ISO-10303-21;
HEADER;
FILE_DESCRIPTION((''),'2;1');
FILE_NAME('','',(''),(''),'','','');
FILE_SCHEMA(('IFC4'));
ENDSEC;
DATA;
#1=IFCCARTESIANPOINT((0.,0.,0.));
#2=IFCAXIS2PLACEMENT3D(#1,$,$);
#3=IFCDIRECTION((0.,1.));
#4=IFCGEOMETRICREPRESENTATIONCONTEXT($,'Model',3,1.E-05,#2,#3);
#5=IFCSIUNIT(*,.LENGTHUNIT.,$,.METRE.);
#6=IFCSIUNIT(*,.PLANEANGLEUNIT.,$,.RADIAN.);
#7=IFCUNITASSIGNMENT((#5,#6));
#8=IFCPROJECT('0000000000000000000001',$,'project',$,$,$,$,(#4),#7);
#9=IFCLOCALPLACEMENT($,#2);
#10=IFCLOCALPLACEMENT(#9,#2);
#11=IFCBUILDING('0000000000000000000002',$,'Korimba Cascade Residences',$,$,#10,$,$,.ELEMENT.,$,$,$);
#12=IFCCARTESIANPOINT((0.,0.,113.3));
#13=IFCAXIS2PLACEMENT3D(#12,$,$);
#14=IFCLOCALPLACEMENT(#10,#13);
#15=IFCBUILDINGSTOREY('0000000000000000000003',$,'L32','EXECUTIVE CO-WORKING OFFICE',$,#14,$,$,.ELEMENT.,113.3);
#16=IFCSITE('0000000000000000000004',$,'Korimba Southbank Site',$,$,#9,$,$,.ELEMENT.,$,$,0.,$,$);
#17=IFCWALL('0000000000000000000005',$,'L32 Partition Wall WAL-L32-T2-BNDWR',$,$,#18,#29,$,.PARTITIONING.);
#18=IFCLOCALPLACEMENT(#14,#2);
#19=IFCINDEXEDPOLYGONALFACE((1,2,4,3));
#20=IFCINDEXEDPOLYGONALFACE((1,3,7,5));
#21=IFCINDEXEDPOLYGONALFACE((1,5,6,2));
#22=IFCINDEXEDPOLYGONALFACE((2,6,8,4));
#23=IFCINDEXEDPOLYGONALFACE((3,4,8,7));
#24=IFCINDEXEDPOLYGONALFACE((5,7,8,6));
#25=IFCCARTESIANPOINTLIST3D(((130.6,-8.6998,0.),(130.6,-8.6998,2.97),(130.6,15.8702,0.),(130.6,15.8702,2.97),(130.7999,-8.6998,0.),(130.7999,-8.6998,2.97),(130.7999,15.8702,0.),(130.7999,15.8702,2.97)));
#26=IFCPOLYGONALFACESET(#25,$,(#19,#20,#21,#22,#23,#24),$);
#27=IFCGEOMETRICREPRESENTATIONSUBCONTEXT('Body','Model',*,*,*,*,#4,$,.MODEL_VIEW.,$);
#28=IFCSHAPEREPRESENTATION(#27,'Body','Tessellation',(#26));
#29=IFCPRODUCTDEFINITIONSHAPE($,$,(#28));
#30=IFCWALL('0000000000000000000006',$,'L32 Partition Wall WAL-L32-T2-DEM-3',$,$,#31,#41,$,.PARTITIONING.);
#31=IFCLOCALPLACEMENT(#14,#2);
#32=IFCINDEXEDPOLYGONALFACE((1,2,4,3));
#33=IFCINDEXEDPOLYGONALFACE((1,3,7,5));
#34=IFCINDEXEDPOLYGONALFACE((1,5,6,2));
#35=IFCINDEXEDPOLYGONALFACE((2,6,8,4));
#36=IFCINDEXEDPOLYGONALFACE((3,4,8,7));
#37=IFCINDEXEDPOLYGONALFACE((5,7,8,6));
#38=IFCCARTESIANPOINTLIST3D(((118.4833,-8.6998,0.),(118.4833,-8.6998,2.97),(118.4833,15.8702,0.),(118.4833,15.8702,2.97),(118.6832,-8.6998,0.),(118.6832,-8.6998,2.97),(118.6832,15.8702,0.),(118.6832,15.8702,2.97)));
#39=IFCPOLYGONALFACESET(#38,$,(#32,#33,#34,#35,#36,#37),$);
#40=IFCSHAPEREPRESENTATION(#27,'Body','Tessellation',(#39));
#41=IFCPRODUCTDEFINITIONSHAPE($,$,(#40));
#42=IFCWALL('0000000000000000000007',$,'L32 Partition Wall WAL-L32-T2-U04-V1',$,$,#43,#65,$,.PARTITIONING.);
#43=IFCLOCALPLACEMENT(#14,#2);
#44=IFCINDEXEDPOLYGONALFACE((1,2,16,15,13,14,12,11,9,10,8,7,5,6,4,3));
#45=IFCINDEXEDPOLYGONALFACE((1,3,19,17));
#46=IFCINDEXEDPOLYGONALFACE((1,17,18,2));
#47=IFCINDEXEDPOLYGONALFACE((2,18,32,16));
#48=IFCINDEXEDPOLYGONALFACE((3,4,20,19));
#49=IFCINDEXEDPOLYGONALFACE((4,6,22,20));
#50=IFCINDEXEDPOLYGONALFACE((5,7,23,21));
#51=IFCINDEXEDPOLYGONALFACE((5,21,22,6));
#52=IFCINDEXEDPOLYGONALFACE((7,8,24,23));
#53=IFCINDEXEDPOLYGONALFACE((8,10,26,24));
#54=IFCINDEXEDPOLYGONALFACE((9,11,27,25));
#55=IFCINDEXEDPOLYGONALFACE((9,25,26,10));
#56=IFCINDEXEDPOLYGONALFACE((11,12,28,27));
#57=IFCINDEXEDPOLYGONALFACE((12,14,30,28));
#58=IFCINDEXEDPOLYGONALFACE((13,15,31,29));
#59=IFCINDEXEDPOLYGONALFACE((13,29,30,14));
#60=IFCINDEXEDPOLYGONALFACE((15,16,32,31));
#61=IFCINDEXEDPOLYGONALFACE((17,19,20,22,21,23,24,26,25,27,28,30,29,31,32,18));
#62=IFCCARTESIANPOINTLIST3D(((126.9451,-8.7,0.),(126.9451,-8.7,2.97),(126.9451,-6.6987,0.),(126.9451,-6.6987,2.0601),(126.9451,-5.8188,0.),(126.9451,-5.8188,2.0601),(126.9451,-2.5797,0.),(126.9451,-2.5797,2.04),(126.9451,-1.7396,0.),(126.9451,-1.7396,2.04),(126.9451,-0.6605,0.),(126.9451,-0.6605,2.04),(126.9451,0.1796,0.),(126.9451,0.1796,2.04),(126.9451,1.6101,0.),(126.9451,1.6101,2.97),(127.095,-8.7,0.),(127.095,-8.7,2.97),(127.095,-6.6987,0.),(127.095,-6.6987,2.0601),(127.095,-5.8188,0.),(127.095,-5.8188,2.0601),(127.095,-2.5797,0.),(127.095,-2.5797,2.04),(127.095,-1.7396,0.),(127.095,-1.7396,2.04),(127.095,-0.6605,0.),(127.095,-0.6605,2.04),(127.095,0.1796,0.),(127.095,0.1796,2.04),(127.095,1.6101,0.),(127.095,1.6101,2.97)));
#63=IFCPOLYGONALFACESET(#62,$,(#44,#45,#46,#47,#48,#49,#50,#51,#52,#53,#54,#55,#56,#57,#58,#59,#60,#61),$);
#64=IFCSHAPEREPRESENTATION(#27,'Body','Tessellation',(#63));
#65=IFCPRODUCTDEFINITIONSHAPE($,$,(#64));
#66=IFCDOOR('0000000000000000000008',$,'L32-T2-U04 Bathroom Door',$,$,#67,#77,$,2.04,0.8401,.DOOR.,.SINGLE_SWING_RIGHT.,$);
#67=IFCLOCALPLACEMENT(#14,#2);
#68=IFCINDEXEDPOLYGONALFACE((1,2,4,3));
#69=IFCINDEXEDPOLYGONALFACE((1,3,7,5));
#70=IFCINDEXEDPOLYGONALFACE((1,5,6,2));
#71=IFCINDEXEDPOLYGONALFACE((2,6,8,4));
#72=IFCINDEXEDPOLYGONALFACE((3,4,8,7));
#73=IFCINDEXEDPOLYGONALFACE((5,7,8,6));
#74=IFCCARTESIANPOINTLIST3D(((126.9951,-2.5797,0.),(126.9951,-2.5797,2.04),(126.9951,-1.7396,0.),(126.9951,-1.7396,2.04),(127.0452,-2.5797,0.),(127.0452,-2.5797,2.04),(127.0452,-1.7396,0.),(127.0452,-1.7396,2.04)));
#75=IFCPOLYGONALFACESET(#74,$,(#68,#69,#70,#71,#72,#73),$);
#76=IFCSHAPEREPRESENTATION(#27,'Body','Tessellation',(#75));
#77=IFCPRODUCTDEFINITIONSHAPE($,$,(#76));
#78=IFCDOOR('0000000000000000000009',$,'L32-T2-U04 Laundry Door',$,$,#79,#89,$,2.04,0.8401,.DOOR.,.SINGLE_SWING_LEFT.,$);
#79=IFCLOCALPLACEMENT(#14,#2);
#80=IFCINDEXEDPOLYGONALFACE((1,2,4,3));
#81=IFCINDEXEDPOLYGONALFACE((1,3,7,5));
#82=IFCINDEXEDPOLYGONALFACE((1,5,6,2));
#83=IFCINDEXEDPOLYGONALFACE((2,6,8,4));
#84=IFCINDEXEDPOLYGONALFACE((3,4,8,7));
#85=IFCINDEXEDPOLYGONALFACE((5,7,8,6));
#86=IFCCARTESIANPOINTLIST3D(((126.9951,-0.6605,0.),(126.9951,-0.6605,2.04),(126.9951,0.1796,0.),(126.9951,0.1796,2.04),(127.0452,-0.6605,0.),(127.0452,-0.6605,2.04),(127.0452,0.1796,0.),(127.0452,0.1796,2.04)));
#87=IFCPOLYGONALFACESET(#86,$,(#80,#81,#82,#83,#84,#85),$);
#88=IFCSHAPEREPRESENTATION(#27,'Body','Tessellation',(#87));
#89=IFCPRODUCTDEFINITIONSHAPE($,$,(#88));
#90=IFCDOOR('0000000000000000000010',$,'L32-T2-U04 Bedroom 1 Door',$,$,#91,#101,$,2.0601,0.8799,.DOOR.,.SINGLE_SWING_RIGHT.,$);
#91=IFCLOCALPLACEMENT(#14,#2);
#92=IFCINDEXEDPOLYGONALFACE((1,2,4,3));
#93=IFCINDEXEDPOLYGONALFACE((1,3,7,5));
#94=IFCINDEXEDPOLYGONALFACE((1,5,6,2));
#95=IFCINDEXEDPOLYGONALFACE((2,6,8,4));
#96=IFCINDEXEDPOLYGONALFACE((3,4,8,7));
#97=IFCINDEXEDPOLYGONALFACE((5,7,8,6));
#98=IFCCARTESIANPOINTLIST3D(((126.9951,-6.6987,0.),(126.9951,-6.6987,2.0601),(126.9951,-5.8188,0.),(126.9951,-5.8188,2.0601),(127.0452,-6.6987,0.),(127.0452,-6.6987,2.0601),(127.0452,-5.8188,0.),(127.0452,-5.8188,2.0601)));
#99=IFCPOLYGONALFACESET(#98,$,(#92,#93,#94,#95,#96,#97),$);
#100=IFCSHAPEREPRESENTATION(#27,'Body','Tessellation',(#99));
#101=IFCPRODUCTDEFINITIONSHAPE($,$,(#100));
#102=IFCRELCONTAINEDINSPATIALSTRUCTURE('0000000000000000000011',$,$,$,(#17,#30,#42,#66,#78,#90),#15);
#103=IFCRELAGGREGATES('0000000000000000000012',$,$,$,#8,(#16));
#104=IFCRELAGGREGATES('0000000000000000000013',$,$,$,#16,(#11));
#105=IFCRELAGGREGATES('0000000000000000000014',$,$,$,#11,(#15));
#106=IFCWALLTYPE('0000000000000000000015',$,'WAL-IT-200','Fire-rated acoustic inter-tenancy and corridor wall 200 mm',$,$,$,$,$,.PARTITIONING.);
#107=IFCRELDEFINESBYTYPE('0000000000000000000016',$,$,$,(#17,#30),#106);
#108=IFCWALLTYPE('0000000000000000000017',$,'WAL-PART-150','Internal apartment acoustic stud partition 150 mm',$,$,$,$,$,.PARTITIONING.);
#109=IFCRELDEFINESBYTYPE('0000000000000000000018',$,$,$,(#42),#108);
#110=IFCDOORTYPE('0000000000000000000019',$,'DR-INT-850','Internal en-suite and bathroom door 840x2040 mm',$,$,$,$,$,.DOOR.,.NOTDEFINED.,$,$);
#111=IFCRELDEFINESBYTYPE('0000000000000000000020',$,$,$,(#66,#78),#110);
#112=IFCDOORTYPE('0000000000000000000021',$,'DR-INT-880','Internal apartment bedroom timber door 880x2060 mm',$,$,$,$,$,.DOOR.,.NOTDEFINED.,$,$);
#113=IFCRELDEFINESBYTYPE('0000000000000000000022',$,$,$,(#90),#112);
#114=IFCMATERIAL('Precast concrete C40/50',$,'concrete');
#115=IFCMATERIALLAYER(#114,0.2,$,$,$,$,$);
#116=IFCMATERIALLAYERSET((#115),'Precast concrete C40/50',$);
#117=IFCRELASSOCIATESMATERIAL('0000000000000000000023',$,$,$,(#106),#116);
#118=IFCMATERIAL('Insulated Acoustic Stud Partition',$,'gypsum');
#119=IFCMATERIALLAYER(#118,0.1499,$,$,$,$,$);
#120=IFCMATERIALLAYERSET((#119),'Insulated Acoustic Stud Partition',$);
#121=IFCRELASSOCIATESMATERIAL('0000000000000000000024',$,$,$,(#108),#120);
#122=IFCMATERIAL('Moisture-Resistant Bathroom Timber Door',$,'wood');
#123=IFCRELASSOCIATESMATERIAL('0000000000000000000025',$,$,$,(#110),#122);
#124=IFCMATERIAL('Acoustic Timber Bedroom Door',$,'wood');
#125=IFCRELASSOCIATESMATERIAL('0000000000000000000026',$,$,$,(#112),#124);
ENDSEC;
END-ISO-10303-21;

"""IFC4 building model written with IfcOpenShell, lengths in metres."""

from ifc_helpers import new_model, si_unit, direction, frame, frame_2d, origin, place, context, subcontext, project, spatial, rectangle, extrude, material, layer, layer_set, type_object, element, fill, save


model = new_model("IFC4")

# Units and contexts
model_context = context("Model", 3, precision=1e-05, world=origin(), true_north=direction((0.0, 1.0)))
body_context = subcontext(model_context, "Body", "Model", "MODEL_VIEW")
ifc_project = project(units=[si_unit("LENGTHUNIT", "METRE"), si_unit("PLANEANGLEUNIT", "RADIAN")], contexts=[model_context])

# Site, building, storey
site_placement = place(None, origin())
site = spatial("IfcSite", under=ifc_project, at=site_placement, Name="Korimba Southbank Site", CompositionType="ELEMENT", RefElevation=0.0)
building_placement = place(site_placement, origin())
building = spatial("IfcBuilding", under=site, at=building_placement, Name="Korimba Cascade Residences", CompositionType="ELEMENT")
storey_placement = place(building_placement, frame((0.0, 0.0, 113.3)))
storey = spatial("IfcBuildingStorey", under=building, at=storey_placement, Name="L32", Description="EXECUTIVE CO-WORKING OFFICE", CompositionType="ELEMENT", Elevation=113.3)

# Shared definitions
ifc_material_1 = material(Name="Precast concrete C40/50", Category="concrete")

# Walls
ifc_layer_1 = layer(ifc_material_1, 0.2)
ifc_layer_set_1 = layer_set([ifc_layer_1], Name="Precast concrete C40/50")
wall_type_1 = type_object("IfcWallType", Name="WAL-IT-200", Description="Fire-rated acoustic inter-tenancy and corridor wall 200 mm", PredefinedType="PARTITIONING", material=ifc_layer_set_1)
for number, where, z_axis, x_axis, name in (
    (1, (130.7, -8.7, 0.0), (0.0, 0.0, 1.0), (0.0, 1.0, 0.0), "L32 Partition Wall WAL-L32-T2-BNDWR"),
    (2, (118.5833, -8.7, 0.0), (0.0, 0.0, 1.0), (0.0, 1.0, 0.0), "L32 Partition Wall WAL-L32-T2-DEM-3"),
):
    element("IfcWall", number, at=place(storey_placement, frame(where, z_axis=z_axis, x_axis=x_axis)), inside=storey, type_object=wall_type_1, Name=name, PredefinedType="PARTITIONING", context=body_context, shape_type="SweptSolid", body=[
        extrude(rectangle(XDim=24.5701, YDim=0.2, at=frame_2d((12.2852, 0.0))), origin(), (0.0, 0.0, 1.0), 2.97),
    ])

# Wall, openings, doors
ifc_material_2 = material(Name="Insulated Acoustic Stud Partition", Category="gypsum")
ifc_layer_2 = layer(ifc_material_2, 0.1499)
ifc_layer_set_2 = layer_set([ifc_layer_2], Name="Insulated Acoustic Stud Partition")
wall_type_2 = type_object("IfcWallType", Name="WAL-PART-150", Description="Internal apartment acoustic stud partition 150 mm", PredefinedType="PARTITIONING", material=ifc_layer_set_2)
wall_1_placement = place(storey_placement, frame((127.02, -8.7, 0.0), z_axis=(0.0, 0.0, 1.0), x_axis=(0.0, 1.0, 0.0)))
wall_1 = element("IfcWall", 3, at=wall_1_placement, inside=storey, type_object=wall_type_2, Name="L32 Partition Wall WAL-L32-T2-U04-V1", PredefinedType="PARTITIONING", context=body_context, shape_type="SweptSolid", body=[
    extrude(rectangle(XDim=10.3101, YDim=0.1499, at=frame_2d((5.155, 0.0))), origin(), (0.0, 0.0, 1.0), 2.97),
])
opening_1_placement = place(wall_1_placement, frame((6.1204, 0.0, 0.0)))
opening_1 = element("IfcOpeningElement", 4, at=opening_1_placement, cuts=wall_1, PredefinedType="OPENING", context=body_context, shape_type="SweptSolid", body=[
    extrude(rectangle(XDim=0.8401, YDim=2.04, at=frame_2d((0.4199, 1.02))), frame((0.0, 0.085, 0.0), z_axis=(0.0, -1.0, 0.0), x_axis=(1.0, 0.0, 0.0)), (0.0, 0.0, 1.0), 0.1699),
])
opening_2_placement = place(wall_1_placement, frame((8.0396, 0.0, 0.0)))
opening_2 = element("IfcOpeningElement", 5, at=opening_2_placement, cuts=wall_1, PredefinedType="OPENING", context=body_context, shape_type="SweptSolid", body=[
    extrude(rectangle(XDim=0.8401, YDim=2.04, at=frame_2d((0.4199, 1.02))), frame((0.0, 0.085, 0.0), z_axis=(0.0, -1.0, 0.0), x_axis=(1.0, 0.0, 0.0)), (0.0, 0.0, 1.0), 0.1699),
])
opening_3_placement = place(wall_1_placement, frame((2.0012, 0.0, 0.0)))
opening_3 = element("IfcOpeningElement", 6, at=opening_3_placement, cuts=wall_1, PredefinedType="OPENING", context=body_context, shape_type="SweptSolid", body=[
    extrude(rectangle(XDim=0.8799, YDim=2.0601, at=frame_2d((0.4399, 1.03))), frame((0.0, 0.085, 0.0), z_axis=(0.0, -1.0, 0.0), x_axis=(1.0, 0.0, 0.0)), (0.0, 0.0, 1.0), 0.1699),
])
ifc_material_3 = material(Name="Moisture-Resistant Bathroom Timber Door", Category="wood")
door_type_1 = type_object("IfcDoorType", Name="DR-INT-850", Description="Internal en-suite and bathroom door 840x2040 mm", OperationType="NOTDEFINED", PredefinedType="DOOR", material=ifc_material_3)
door_1_placement = place(opening_1_placement, origin())
door_1 = element("IfcDoor", 7, at=door_1_placement, inside=storey, type_object=door_type_1, Name="L32-T2-U04 Bathroom Door", OperationType="SINGLE_SWING_RIGHT", OverallHeight=2.04, OverallWidth=0.8401, PredefinedType="DOOR", context=body_context, shape_type="SweptSolid", body=[
    extrude(rectangle(XDim=0.8401, YDim=2.04, at=frame_2d((0.4199, 1.02))), frame((0.0, 0.0249, 0.0), z_axis=(0.0, -1.0, 0.0), x_axis=(1.0, 0.0, 0.0)), (0.0, 0.0, 1.0), 0.05),
])
fill(opening_1, door_1)
door_2_placement = place(opening_2_placement, origin())
door_2 = element("IfcDoor", 8, at=door_2_placement, inside=storey, type_object=door_type_1, Name="L32-T2-U04 Laundry Door", OperationType="SINGLE_SWING_LEFT", OverallHeight=2.04, OverallWidth=0.8401, PredefinedType="DOOR", context=body_context, shape_type="SweptSolid", body=[
    extrude(rectangle(XDim=0.8401, YDim=2.04, at=frame_2d((0.4199, 1.02))), frame((0.0, 0.0249, 0.0), z_axis=(0.0, -1.0, 0.0), x_axis=(1.0, 0.0, 0.0)), (0.0, 0.0, 1.0), 0.05),
])
fill(opening_2, door_2)
ifc_material_4 = material(Name="Acoustic Timber Bedroom Door", Category="wood")
door_type_2 = type_object("IfcDoorType", Name="DR-INT-880", Description="Internal apartment bedroom timber door 880x2060 mm", OperationType="NOTDEFINED", PredefinedType="DOOR", material=ifc_material_4)
door_3_placement = place(opening_3_placement, origin())
door_3 = element("IfcDoor", 9, at=door_3_placement, inside=storey, type_object=door_type_2, Name="L32-T2-U04 Bedroom 1 Door", OperationType="SINGLE_SWING_RIGHT", OverallHeight=2.0601, OverallWidth=0.8799, PredefinedType="DOOR", context=body_context, shape_type="SweptSolid", body=[
    extrude(rectangle(XDim=0.8799, YDim=2.0601, at=frame_2d((0.4399, 1.03))), frame((0.0, 0.0249, 0.0), z_axis=(0.0, -1.0, 0.0), x_axis=(1.0, 0.0, 0.0)), (0.0, 0.0, 1.0), 0.05),
])
fill(opening_3, door_3)

save(model, "model.ifc")
